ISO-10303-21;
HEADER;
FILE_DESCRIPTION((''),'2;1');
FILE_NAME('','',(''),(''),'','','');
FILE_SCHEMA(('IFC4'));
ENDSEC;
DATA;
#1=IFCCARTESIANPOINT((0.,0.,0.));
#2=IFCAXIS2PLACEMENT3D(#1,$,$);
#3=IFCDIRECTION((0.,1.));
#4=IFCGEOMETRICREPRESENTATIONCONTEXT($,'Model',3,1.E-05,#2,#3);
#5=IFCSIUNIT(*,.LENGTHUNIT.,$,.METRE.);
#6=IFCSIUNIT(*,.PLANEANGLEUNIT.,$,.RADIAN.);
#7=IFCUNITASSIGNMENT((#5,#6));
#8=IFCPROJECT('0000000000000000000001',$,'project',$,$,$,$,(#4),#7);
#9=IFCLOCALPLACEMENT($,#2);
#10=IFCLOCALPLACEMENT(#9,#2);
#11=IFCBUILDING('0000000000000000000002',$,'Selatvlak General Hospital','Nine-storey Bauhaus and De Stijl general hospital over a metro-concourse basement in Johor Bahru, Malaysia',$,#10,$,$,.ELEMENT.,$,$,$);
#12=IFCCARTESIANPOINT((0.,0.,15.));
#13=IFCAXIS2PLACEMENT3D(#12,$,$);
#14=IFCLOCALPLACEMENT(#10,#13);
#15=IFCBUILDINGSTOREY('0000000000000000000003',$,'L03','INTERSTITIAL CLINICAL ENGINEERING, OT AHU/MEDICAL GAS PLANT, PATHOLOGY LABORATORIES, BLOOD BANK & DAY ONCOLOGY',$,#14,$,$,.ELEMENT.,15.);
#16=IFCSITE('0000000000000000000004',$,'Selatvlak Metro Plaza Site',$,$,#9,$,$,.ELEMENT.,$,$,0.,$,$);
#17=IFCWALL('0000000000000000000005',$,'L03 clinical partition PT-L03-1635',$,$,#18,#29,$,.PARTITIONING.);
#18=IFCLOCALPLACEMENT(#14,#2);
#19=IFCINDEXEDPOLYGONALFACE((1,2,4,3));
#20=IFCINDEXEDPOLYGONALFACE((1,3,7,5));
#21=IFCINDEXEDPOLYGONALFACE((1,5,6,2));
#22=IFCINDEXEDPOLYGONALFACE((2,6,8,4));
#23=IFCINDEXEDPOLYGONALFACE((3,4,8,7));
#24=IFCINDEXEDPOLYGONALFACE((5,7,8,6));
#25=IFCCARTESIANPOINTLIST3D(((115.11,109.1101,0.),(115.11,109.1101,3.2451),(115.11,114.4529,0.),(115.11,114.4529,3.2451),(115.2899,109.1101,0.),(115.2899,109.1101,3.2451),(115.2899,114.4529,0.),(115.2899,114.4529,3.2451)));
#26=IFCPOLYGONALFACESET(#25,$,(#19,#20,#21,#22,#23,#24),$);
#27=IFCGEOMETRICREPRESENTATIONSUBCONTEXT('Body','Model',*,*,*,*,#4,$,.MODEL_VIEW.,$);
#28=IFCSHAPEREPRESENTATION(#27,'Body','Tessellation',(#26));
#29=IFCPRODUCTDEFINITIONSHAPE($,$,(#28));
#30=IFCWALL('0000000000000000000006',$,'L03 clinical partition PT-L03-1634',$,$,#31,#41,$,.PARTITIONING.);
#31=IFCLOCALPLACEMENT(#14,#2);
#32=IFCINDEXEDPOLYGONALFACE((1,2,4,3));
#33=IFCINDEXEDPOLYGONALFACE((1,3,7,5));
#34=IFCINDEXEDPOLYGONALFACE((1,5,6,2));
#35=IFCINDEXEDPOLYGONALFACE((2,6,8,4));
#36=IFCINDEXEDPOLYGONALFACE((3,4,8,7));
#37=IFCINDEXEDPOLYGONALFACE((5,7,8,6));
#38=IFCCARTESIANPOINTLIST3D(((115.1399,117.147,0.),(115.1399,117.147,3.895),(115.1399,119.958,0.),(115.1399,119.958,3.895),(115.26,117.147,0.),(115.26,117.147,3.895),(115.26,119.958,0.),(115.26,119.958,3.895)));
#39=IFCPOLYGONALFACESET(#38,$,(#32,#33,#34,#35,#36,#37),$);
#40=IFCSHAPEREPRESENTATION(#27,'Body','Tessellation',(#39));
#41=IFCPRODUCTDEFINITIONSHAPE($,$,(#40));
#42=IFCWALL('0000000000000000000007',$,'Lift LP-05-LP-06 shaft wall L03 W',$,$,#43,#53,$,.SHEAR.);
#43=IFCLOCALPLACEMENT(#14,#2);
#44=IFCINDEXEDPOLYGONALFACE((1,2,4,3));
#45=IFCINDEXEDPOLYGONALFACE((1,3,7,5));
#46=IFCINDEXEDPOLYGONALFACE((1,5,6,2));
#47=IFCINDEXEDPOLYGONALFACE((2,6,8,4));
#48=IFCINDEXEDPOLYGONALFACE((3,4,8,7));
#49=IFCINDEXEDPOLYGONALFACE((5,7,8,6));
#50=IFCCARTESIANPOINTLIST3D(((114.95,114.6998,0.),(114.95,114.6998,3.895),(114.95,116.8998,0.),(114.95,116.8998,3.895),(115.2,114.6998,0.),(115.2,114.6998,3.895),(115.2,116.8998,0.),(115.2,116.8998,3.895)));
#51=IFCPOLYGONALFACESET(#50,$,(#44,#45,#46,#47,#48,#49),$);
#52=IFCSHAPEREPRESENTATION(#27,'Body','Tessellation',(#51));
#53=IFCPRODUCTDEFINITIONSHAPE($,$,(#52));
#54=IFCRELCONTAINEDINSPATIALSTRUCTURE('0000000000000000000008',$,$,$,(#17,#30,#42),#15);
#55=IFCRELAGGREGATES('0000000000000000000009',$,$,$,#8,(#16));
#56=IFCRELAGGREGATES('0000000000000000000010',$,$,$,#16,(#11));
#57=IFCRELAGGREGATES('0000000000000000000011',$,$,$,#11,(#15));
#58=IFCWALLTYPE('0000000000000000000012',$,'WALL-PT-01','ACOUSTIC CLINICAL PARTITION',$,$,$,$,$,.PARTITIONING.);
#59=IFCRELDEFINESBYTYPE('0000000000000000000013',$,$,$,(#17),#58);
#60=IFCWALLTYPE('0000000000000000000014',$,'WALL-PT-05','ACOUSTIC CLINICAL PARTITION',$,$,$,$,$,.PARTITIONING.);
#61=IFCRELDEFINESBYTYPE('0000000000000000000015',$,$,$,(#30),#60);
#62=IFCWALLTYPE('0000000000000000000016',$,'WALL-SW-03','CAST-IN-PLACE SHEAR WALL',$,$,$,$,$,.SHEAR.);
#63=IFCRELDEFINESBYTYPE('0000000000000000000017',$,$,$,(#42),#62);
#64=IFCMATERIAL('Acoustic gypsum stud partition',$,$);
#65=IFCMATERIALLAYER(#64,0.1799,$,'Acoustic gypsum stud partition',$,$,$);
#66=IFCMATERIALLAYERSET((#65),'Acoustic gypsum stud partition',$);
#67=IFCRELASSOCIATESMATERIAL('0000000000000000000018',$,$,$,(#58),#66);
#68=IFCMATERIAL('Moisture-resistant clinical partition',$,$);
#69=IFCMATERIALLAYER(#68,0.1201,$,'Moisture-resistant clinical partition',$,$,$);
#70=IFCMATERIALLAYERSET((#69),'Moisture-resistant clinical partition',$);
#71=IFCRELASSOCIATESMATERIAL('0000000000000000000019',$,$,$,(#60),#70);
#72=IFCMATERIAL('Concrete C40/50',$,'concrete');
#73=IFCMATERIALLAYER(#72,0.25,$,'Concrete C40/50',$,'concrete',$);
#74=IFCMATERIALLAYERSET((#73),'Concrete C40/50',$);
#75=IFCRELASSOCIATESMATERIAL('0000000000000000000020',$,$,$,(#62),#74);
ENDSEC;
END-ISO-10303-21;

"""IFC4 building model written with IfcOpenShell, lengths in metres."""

from ifc_helpers import new_model, si_unit, direction, frame, frame_2d, origin, place, context, subcontext, project, spatial, rectangle, extrude, material, layer, layer_set, type_object, element, save


model = new_model("IFC4")

# Units and contexts
model_context = context("Model", 3, precision=1e-05, world=origin(), true_north=direction((0.0, 1.0)))
body_context = subcontext(model_context, "Body", "Model", "MODEL_VIEW")
ifc_project = project(units=[si_unit("LENGTHUNIT", "METRE"), si_unit("PLANEANGLEUNIT", "RADIAN")], contexts=[model_context])

# Site, building, storey
site_placement = place(None, origin())
site = spatial("IfcSite", under=ifc_project, at=site_placement, Name="Selatvlak Metro Plaza Site", CompositionType="ELEMENT", RefElevation=0.0)
building_placement = place(site_placement, origin())
building = spatial("IfcBuilding", under=site, at=building_placement, Name="Selatvlak General Hospital", Description="Nine-storey Bauhaus and De Stijl general hospital over a metro-concourse basement in Johor Bahru, Malaysia", CompositionType="ELEMENT")
storey_placement = place(building_placement, frame((0.0, 0.0, 15.0)))
storey = spatial("IfcBuildingStorey", under=building, at=storey_placement, Name="L03", Description="INTERSTITIAL CLINICAL ENGINEERING, OT AHU/MEDICAL GAS PLANT, PATHOLOGY LABORATORIES, BLOOD BANK & DAY ONCOLOGY", CompositionType="ELEMENT", Elevation=15.0)

# Shared definitions
ifc_material_1 = material(Name="Concrete C40/50", Category="concrete")

# Walls
ifc_material_2 = material(Name="Acoustic gypsum stud partition")
ifc_layer_1 = layer(ifc_material_2, 0.1799, Name="Acoustic gypsum stud partition")
ifc_layer_set_1 = layer_set([ifc_layer_1], Name="Acoustic gypsum stud partition")
wall_type_1 = type_object("IfcWallType", Name="WALL-PT-01", Description="ACOUSTIC CLINICAL PARTITION", PredefinedType="PARTITIONING", material=ifc_layer_set_1)
wall_1_placement = place(storey_placement, frame((115.2, 114.4529, 0.0), z_axis=(0.0, 0.0, 1.0), x_axis=(0.0, -1.0, 0.0)))
element("IfcWall", 1, at=wall_1_placement, inside=storey, type_object=wall_type_1, Name="L03 clinical partition PT-L03-1635", PredefinedType="PARTITIONING", context=body_context, shape_type="SweptSolid", body=[
    extrude(rectangle(XDim=5.3428, YDim=0.1799, at=frame_2d((2.6714, 0.0))), origin(), (0.0, 0.0, 1.0), 3.2451),
])
ifc_material_3 = material(Name="Moisture-resistant clinical partition")
ifc_layer_2 = layer(ifc_material_3, 0.1201, Name="Moisture-resistant clinical partition")
ifc_layer_set_2 = layer_set([ifc_layer_2], Name="Moisture-resistant clinical partition")
wall_type_2 = type_object("IfcWallType", Name="WALL-PT-05", Description="ACOUSTIC CLINICAL PARTITION", PredefinedType="PARTITIONING", material=ifc_layer_set_2)
wall_2_placement = place(storey_placement, frame((115.2, 119.958, 0.0), z_axis=(0.0, 0.0, 1.0), x_axis=(0.0, -1.0, 0.0)))
element("IfcWall", 2, at=wall_2_placement, inside=storey, type_object=wall_type_2, Name="L03 clinical partition PT-L03-1634", PredefinedType="PARTITIONING", context=body_context, shape_type="SweptSolid", body=[
    extrude(rectangle(XDim=2.811, YDim=0.1201, at=frame_2d((1.4055, 0.0))), origin(), (0.0, 0.0, 1.0), 3.895),
])

# Shared definitions
ifc_layer_3 = layer(ifc_material_1, 0.25, Name="Concrete C40/50", Category="concrete")
ifc_layer_set_3 = layer_set([ifc_layer_3], Name="Concrete C40/50")
wall_type_3 = type_object("IfcWallType", Name="WALL-SW-03", Description="CAST-IN-PLACE SHEAR WALL", PredefinedType="SHEAR", material=ifc_layer_set_3)

# Wall
wall_3_placement = place(storey_placement, frame((115.075, 116.8999, 0.0), z_axis=(0.0, 0.0, 1.0), x_axis=(0.0, -1.0, 0.0)))
element("IfcWall", 3, at=wall_3_placement, inside=storey, type_object=wall_type_3, Name="Lift LP-05-LP-06 shaft wall L03 W", PredefinedType="SHEAR", context=body_context, shape_type="SweptSolid", body=[
    extrude(rectangle(XDim=2.2, YDim=0.25, at=frame_2d((1.1001, 0.0))), origin(), (0.0, 0.0, 1.0), 3.895),
])

save(model, "model.ifc")
